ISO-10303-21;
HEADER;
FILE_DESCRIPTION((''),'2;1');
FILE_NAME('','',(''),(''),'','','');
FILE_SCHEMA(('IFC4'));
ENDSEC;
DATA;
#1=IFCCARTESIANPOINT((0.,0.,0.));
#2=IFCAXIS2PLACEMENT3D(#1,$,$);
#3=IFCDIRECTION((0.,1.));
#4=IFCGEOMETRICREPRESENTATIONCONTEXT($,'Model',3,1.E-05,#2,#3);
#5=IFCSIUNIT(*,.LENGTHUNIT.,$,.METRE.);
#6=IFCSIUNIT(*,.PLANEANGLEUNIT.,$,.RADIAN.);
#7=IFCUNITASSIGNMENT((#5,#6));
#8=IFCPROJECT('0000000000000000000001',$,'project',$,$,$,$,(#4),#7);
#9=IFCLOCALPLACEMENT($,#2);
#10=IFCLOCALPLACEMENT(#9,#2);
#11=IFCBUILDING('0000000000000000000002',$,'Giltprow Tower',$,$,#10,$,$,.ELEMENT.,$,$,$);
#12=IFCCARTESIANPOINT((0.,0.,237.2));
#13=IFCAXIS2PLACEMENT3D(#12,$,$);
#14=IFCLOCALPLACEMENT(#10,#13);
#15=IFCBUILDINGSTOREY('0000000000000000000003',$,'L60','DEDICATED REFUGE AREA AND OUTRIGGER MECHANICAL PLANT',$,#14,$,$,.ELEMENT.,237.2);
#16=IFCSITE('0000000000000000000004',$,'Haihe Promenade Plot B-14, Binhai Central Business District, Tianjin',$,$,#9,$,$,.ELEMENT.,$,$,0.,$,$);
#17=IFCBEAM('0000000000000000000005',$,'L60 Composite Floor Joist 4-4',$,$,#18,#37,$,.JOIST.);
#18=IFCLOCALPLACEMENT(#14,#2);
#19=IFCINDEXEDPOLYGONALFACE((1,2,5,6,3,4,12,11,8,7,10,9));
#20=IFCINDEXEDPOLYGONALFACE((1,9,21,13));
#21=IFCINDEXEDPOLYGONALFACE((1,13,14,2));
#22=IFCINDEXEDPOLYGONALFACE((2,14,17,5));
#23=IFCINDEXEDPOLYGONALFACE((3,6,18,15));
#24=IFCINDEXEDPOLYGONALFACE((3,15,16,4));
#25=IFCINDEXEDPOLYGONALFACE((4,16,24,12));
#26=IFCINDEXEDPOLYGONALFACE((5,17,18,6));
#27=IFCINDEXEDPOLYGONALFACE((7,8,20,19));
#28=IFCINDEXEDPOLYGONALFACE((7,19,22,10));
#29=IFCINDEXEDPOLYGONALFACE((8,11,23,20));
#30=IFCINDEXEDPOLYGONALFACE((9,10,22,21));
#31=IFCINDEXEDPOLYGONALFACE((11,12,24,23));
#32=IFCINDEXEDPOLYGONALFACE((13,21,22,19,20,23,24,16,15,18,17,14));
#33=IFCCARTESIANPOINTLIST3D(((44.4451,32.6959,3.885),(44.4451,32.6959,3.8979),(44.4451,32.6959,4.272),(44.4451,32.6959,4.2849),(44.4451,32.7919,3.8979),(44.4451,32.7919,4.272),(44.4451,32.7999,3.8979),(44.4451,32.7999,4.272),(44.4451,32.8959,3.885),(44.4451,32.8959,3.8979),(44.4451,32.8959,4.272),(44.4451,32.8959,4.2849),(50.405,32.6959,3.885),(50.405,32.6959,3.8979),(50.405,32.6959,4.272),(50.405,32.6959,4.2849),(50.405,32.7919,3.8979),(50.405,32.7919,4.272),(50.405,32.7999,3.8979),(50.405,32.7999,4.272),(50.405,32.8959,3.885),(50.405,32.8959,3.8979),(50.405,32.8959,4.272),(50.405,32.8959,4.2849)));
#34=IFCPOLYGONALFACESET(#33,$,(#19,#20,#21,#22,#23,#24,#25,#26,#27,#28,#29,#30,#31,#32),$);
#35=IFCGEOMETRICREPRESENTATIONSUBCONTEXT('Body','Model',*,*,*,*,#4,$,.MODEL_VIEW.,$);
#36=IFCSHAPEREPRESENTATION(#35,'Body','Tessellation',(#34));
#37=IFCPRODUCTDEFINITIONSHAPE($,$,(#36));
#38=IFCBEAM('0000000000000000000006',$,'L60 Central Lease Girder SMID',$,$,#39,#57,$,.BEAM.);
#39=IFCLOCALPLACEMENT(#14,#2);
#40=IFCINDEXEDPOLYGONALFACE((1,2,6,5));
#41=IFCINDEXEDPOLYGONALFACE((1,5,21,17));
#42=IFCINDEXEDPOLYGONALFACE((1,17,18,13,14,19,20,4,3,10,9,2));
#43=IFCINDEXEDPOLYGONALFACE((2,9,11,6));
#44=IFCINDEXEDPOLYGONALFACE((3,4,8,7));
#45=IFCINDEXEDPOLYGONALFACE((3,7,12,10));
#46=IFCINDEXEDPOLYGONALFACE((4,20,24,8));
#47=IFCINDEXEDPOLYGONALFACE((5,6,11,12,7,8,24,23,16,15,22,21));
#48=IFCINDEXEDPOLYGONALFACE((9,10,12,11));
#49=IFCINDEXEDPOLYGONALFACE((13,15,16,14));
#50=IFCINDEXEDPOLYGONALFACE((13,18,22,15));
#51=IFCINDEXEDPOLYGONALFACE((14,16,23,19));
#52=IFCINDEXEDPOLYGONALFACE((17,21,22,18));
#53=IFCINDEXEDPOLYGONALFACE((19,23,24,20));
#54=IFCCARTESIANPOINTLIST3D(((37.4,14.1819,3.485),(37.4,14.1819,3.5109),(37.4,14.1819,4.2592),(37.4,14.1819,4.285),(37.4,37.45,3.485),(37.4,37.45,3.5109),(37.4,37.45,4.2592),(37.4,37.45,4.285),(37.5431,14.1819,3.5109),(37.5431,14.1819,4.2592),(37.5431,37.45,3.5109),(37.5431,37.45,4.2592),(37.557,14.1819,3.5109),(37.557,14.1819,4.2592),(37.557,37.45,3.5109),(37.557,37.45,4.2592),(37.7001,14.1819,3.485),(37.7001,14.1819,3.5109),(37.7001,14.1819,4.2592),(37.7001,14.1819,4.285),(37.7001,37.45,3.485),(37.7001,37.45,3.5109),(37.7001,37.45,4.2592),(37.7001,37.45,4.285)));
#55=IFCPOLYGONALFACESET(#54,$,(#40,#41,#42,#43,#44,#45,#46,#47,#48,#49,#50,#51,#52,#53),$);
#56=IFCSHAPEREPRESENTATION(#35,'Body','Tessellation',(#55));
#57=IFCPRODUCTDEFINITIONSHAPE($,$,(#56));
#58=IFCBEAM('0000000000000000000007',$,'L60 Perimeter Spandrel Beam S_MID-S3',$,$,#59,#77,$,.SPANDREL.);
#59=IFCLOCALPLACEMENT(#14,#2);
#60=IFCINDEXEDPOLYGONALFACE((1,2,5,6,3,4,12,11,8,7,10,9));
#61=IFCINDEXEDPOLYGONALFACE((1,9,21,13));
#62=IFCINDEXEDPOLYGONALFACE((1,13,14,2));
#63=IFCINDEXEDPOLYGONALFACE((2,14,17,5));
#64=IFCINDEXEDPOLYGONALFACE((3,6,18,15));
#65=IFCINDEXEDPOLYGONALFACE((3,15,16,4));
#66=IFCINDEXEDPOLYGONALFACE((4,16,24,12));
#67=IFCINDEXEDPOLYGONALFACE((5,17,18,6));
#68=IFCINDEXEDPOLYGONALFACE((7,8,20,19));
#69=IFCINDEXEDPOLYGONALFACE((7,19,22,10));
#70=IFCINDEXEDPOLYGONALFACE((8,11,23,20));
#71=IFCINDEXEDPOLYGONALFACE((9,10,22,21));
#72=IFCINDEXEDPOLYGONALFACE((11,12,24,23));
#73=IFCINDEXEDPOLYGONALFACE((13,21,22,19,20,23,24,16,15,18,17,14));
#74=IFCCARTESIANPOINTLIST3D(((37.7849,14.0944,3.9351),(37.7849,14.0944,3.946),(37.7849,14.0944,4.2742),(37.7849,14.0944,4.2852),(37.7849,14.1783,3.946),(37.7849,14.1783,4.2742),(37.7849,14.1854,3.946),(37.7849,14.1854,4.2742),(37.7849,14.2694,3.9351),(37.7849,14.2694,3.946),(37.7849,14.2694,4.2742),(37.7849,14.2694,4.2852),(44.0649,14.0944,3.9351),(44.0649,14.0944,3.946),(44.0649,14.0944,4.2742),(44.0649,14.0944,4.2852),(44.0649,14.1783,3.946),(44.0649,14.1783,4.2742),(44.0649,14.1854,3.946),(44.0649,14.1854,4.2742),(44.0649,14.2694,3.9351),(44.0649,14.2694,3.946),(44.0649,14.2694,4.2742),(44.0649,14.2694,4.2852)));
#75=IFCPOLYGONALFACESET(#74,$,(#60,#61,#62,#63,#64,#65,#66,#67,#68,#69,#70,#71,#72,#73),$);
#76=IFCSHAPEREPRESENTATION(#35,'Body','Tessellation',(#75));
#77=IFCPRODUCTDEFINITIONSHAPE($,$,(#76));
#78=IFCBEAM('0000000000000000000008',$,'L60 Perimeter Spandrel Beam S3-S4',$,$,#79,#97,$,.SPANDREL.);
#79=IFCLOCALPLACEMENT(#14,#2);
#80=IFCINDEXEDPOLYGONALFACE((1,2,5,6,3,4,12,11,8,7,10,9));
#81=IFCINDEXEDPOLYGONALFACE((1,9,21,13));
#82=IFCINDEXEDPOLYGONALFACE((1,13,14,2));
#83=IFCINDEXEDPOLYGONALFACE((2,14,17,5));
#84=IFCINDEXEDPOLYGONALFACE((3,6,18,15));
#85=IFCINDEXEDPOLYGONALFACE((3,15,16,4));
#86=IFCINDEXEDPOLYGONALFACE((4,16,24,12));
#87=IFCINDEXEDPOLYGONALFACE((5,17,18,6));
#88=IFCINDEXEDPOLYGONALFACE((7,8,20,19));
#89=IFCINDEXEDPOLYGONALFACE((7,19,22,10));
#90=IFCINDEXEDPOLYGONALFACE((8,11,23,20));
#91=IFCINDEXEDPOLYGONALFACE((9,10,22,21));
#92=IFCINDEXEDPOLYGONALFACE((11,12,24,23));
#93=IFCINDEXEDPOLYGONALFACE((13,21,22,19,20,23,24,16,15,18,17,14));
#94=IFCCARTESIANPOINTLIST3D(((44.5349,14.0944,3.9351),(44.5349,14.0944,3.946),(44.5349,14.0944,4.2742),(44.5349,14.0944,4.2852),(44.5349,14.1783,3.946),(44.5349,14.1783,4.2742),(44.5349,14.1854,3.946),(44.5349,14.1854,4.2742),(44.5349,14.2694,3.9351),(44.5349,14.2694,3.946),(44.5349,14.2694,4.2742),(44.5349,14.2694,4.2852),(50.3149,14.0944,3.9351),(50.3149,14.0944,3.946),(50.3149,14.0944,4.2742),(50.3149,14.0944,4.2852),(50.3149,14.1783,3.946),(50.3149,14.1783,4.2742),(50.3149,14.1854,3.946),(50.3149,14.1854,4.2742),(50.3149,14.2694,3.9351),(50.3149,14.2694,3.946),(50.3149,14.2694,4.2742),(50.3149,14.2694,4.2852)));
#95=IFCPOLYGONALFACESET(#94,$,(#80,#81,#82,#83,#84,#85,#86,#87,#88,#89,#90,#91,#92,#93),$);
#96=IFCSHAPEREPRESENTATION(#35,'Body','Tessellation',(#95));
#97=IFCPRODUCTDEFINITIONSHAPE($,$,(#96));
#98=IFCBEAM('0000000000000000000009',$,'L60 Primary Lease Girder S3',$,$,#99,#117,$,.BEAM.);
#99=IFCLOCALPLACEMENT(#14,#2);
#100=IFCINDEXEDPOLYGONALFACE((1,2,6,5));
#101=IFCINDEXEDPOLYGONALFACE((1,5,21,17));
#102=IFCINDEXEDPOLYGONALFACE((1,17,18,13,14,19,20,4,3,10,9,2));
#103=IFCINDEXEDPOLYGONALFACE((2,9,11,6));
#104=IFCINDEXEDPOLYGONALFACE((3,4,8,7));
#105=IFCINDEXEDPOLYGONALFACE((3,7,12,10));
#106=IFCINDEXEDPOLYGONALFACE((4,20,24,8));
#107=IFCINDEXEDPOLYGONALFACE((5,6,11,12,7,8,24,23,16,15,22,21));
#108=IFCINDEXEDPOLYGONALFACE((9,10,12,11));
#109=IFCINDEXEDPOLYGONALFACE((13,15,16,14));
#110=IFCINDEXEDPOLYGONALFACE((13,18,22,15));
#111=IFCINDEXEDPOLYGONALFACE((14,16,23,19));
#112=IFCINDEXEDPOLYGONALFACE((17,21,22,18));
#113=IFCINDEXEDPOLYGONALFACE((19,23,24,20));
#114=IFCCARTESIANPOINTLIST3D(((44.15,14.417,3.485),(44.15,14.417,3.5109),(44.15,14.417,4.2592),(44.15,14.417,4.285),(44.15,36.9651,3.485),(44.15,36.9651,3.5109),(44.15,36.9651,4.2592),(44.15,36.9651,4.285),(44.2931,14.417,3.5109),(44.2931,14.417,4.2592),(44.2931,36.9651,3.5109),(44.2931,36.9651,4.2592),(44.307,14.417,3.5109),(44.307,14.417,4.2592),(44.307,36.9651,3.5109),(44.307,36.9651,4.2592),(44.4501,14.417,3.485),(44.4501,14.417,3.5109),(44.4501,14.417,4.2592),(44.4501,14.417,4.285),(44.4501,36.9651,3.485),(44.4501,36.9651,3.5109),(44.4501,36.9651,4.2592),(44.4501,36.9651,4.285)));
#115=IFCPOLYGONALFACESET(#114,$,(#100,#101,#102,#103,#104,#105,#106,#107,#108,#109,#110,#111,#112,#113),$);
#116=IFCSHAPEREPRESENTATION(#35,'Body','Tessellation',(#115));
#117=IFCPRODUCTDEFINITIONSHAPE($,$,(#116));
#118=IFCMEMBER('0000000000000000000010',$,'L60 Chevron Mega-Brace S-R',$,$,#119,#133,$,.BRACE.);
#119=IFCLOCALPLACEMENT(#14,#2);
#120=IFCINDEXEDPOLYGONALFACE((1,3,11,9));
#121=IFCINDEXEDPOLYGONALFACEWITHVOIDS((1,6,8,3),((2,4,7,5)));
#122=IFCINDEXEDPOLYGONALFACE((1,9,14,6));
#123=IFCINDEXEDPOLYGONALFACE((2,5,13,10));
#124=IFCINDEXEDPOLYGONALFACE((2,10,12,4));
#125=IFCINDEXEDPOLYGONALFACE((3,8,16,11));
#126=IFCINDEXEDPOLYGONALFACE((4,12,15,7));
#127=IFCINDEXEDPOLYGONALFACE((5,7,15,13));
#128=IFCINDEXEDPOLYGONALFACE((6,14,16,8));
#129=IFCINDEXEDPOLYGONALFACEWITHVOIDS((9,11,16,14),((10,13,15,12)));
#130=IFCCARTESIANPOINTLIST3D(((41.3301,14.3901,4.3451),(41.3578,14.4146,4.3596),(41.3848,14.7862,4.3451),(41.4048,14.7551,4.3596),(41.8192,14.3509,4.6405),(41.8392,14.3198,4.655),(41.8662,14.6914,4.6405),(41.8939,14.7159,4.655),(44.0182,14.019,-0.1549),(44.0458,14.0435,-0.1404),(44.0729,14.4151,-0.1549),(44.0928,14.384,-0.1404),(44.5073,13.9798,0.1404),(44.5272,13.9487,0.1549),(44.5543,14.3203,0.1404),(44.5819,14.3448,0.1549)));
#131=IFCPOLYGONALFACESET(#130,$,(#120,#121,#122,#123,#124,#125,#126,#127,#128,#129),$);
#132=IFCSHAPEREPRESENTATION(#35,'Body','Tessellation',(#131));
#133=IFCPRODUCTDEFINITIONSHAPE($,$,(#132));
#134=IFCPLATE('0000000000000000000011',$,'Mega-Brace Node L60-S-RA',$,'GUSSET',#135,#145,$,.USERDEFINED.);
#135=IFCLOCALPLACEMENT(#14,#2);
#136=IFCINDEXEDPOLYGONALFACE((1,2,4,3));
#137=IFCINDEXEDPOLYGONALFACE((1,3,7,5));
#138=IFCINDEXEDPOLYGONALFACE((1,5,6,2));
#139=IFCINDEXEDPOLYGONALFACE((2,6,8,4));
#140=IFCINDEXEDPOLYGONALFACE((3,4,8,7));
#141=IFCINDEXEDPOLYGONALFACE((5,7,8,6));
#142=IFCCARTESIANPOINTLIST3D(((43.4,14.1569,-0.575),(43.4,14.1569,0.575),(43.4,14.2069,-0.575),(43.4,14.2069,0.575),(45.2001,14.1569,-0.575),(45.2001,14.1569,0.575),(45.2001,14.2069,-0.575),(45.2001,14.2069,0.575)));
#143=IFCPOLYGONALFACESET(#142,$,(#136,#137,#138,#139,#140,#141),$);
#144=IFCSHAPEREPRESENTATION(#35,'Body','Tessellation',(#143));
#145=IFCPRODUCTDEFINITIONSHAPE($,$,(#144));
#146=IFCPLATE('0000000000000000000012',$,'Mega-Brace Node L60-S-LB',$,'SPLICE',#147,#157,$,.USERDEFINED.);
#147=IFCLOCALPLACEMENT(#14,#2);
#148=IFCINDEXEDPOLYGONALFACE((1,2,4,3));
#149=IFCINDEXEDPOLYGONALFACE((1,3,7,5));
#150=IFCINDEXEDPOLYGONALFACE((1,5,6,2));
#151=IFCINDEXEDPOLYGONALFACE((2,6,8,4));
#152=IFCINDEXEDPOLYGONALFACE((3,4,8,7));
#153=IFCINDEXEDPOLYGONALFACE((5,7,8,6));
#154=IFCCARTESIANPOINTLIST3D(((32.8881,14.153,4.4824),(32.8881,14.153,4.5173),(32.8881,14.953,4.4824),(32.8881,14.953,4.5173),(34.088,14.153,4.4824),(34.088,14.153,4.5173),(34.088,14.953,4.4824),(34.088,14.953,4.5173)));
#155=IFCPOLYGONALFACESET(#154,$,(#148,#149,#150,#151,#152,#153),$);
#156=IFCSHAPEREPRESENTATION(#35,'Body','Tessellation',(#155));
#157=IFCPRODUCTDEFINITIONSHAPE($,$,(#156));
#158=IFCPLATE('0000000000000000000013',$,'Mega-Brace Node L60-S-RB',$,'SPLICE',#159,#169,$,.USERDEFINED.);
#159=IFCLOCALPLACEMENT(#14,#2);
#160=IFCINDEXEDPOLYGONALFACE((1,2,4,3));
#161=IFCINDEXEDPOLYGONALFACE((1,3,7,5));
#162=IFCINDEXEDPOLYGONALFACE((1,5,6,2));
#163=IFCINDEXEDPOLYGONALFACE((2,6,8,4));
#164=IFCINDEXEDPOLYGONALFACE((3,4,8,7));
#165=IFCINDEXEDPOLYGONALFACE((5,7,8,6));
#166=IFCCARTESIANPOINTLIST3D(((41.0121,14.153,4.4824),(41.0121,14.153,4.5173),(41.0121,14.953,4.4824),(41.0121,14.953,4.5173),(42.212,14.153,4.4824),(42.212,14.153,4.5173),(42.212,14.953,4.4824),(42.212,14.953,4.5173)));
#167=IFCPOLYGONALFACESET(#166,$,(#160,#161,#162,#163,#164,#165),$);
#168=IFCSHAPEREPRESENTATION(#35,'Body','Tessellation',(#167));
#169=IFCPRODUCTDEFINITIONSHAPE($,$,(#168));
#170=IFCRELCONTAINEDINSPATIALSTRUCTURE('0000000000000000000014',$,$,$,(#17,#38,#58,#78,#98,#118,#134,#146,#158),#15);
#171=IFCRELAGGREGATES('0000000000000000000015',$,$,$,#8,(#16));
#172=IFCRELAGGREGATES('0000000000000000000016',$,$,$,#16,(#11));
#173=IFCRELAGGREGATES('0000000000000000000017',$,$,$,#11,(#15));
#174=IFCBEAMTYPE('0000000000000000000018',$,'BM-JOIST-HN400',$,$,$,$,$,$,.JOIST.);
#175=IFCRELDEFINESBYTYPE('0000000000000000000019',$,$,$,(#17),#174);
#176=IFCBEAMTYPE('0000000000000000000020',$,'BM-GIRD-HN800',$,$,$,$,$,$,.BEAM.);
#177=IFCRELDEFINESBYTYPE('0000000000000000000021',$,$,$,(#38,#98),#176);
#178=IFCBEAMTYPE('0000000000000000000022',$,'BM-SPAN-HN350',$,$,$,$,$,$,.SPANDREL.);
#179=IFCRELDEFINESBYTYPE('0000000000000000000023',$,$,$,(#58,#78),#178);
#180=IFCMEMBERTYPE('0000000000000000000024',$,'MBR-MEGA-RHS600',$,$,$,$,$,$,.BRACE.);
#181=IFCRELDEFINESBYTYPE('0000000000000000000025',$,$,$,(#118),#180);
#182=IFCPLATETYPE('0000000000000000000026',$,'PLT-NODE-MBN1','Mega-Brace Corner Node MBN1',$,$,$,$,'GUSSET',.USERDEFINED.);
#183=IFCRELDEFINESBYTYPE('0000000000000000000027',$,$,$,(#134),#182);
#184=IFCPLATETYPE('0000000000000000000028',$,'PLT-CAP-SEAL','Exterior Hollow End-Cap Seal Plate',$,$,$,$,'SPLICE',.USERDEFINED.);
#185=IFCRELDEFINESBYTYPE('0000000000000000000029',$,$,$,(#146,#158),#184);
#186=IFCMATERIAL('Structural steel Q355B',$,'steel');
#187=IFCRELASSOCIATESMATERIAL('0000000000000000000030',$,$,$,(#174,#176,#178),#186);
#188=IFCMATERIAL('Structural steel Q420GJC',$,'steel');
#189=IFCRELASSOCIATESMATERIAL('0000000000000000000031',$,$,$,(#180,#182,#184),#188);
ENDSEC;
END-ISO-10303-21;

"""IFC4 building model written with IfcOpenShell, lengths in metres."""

from ifc_helpers import new_model, si_unit, direction, frame, origin, origin_2d, place, context, subcontext, project, spatial, rectangle, hollow_rectangle, i_section, extrude, source, transform, mapped, material, material_profile, profile_set, type_object, element, save


model = new_model("IFC4")

# Units and contexts
model_context = context("Model", 3, precision=1e-05, world=origin(), true_north=direction((0.0, 1.0)))
body_context = subcontext(model_context, "Body", "Model", "MODEL_VIEW")
ifc_project = project(units=[si_unit("LENGTHUNIT", "METRE"), si_unit("PLANEANGLEUNIT", "RADIAN")], contexts=[model_context])

# Site, building, storey
site_placement = place(None, origin())
site = spatial("IfcSite", under=ifc_project, at=site_placement, Name="Haihe Promenade Plot B-14, Binhai Central Business District, Tianjin", CompositionType="ELEMENT", RefElevation=0.0)
building_placement = place(site_placement, origin())
building = spatial("IfcBuilding", under=site, at=building_placement, Name="Giltprow Tower", CompositionType="ELEMENT")
storey_placement = place(building_placement, frame((0.0, 0.0, 237.2)))
storey = spatial("IfcBuildingStorey", under=building, at=storey_placement, Name="L60", Description="DEDICATED REFUGE AREA AND OUTRIGGER MECHANICAL PLANT", CompositionType="ELEMENT", Elevation=237.2)

# Shared definitions
ifc_material_1 = material(Name="Structural steel Q355B", Category="steel")

# Beams
ifc_material_profile_1 = material_profile(ifc_material_1, i_section(OverallWidth=0.2, OverallDepth=0.3999, WebThickness=0.0081, FlangeThickness=0.0129, at=origin_2d()), Name="HN 400x200x8x13")
ifc_profile_set_1 = profile_set([ifc_material_profile_1], Name="Structural steel Q355B")
beam_type_1 = type_object("IfcBeamType", Name="BM-JOIST-HN400", PredefinedType="JOIST", material=ifc_profile_set_1)
shared_shape_1 = source(origin(), body_context, "Body", "SweptSolid", [
    extrude(i_section(OverallWidth=0.2, OverallDepth=0.3999, WebThickness=0.0081, FlangeThickness=0.0129, at=origin_2d()), origin(), (0.0, 0.0, 1.0), 5.96),
])
for number, where, z_axis, x_axis, name in (
    (1, (44.4451, 32.7959, 4.085), (1.0, 0.0, 0.0), (0.0, 1.0, 0.0), "L60 Composite Floor Joist 4-4"),
):
    element("IfcBeam", number, at=place(storey_placement, frame(where, z_axis=z_axis, x_axis=x_axis)), inside=storey, type_object=beam_type_1, Name=name, PredefinedType="JOIST", context=body_context, shape_type="MappedRepresentation", body=[
        mapped(shared_shape_1, transform((0.0, 0.0, 0.0), x_axis=(1.0, 0.0, 0.0), y_axis=(0.0, 1.0, 0.0), z_axis=(0.0, 0.0, 1.0), scale=1.0)),
    ])
ifc_material_profile_2 = material_profile(ifc_material_1, i_section(OverallWidth=0.3, OverallDepth=0.8, WebThickness=0.0139, FlangeThickness=0.0259, at=origin_2d()), Name="HN 800x300x14x26")
ifc_profile_set_2 = profile_set([ifc_material_profile_2], Name="Structural steel Q355B")
beam_type_2 = type_object("IfcBeamType", Name="BM-GIRD-HN800", PredefinedType="BEAM", material=ifc_profile_set_2)
shared_shape_2 = source(origin(), body_context, "Body", "SweptSolid", [
    extrude(i_section(OverallWidth=0.3, OverallDepth=0.8, WebThickness=0.0139, FlangeThickness=0.0259, at=origin_2d()), origin(), (0.0, 0.0, 1.0), 23.2681),
])
beam_1_placement = place(storey_placement, frame((37.55, 14.1819, 3.885), z_axis=(0.0, 1.0, 0.0), x_axis=(-1.0, 0.0, 0.0)))
element("IfcBeam", 2, at=beam_1_placement, inside=storey, type_object=beam_type_2, Name="L60 Central Lease Girder SMID", PredefinedType="BEAM", context=body_context, shape_type="MappedRepresentation", body=[
    mapped(shared_shape_2, transform((0.0, 0.0, 0.0), x_axis=(1.0, 0.0, 0.0), y_axis=(0.0, 1.0, 0.0), z_axis=(0.0, 0.0, 1.0), scale=1.0)),
])
ifc_material_profile_3 = material_profile(ifc_material_1, i_section(OverallWidth=0.175, OverallDepth=0.3501, WebThickness=0.0071, FlangeThickness=0.011, at=origin_2d()), Name="HN 350x175x7x11")
ifc_profile_set_3 = profile_set([ifc_material_profile_3], Name="Structural steel Q355B")
beam_type_3 = type_object("IfcBeamType", Name="BM-SPAN-HN350", PredefinedType="SPANDREL", material=ifc_profile_set_3)
shared_shape_3 = source(origin(), body_context, "Body", "SweptSolid", [
    extrude(i_section(OverallWidth=0.175, OverallDepth=0.3501, WebThickness=0.0071, FlangeThickness=0.011, at=origin_2d()), origin(), (0.0, 0.0, 1.0), 6.28),
])
beam_2_placement = place(storey_placement, frame((37.7849, 14.1819, 4.1101), z_axis=(1.0, 0.0, 0.0), x_axis=(0.0, 1.0, 0.0)))
element("IfcBeam", 3, at=beam_2_placement, inside=storey, type_object=beam_type_3, Name="L60 Perimeter Spandrel Beam S_MID-S3", PredefinedType="SPANDREL", context=body_context, shape_type="MappedRepresentation", body=[
    mapped(shared_shape_3, transform((0.0, 0.0, 0.0), x_axis=(1.0, 0.0, 0.0), y_axis=(0.0, 1.0, 0.0), z_axis=(0.0, 0.0, 1.0), scale=1.0)),
])
shared_shape_4 = source(origin(), body_context, "Body", "SweptSolid", [
    extrude(i_section(OverallWidth=0.175, OverallDepth=0.3501, WebThickness=0.0071, FlangeThickness=0.011, at=origin_2d()), origin(), (0.0, 0.0, 1.0), 5.78),
])
beam_3_placement = place(storey_placement, frame((44.5349, 14.1819, 4.1101), z_axis=(1.0, 0.0, 0.0), x_axis=(0.0, 1.0, 0.0)))
element("IfcBeam", 4, at=beam_3_placement, inside=storey, type_object=beam_type_3, Name="L60 Perimeter Spandrel Beam S3-S4", PredefinedType="SPANDREL", context=body_context, shape_type="MappedRepresentation", body=[
    mapped(shared_shape_4, transform((0.0, 0.0, 0.0), x_axis=(1.0, 0.0, 0.0), y_axis=(0.0, 1.0, 0.0), z_axis=(0.0, 0.0, 1.0), scale=1.0)),
])
shared_shape_5 = source(origin(), body_context, "Body", "SweptSolid", [
    extrude(i_section(OverallWidth=0.3, OverallDepth=0.8, WebThickness=0.0139, FlangeThickness=0.0259, at=origin_2d()), origin(), (0.0, 0.0, 1.0), 22.5481),
])
beam_4_placement = place(storey_placement, frame((44.3, 14.417, 3.885), z_axis=(0.0, 1.0, 0.0), x_axis=(-1.0, 0.0, 0.0)))
element("IfcBeam", 5, at=beam_4_placement, inside=storey, type_object=beam_type_2, Name="L60 Primary Lease Girder S3", PredefinedType="BEAM", context=body_context, shape_type="MappedRepresentation", body=[
    mapped(shared_shape_5, transform((0.0, 0.0, 0.0), x_axis=(1.0, 0.0, 0.0), y_axis=(0.0, 1.0, 0.0), z_axis=(0.0, 0.0, 1.0), scale=1.0)),
])

# Member
ifc_material_2 = material(Name="Structural steel Q420GJC", Category="steel")
ifc_material_profile_4 = material_profile(ifc_material_2, hollow_rectangle(XDim=0.3999, YDim=0.6001, WallThickness=0.0281, at=origin_2d()), Name="RHS 600x400x28")
ifc_profile_set_4 = profile_set([ifc_material_profile_4], Name="Structural steel Q420GJC")
member_type = type_object("IfcMemberType", Name="MBR-MEGA-RHS600", PredefinedType="BRACE", material=ifc_profile_set_4)
shared_shape_6 = source(origin(), body_context, "Body", "SweptSolid", [
    extrude(hollow_rectangle(XDim=0.3999, YDim=0.6001, WallThickness=0.0281, at=origin_2d()), origin(), (0.0, 0.0, 1.0), 5.2549),
])
member_placement = place(storey_placement, frame((44.3, 14.1819, 0.0), z_axis=(-0.511529, 0.07062, 0.856359), x_axis=(-0.136759, -0.990604, 0.0)))
element("IfcMember", 6, at=member_placement, inside=storey, type_object=member_type, Name="L60 Chevron Mega-Brace S-R", PredefinedType="BRACE", context=body_context, shape_type="MappedRepresentation", body=[
    mapped(shared_shape_6, transform((0.0, 0.0, 0.0), x_axis=(1.0, 0.0, 0.0), y_axis=(0.0, 1.0, 0.0), z_axis=(0.0, 0.0, 1.0), scale=1.0)),
])

# Plates
plate_type_1 = type_object("IfcPlateType", Name="PLT-NODE-MBN1", Description="Mega-Brace Corner Node MBN1", ElementType="GUSSET", PredefinedType="USERDEFINED", material=ifc_material_2)
shared_shape_7 = source(origin(), body_context, "Body", "SweptSolid", [
    extrude(rectangle(XDim=1.8, YDim=0.05, at=origin_2d()), origin(), (0.0, 0.0, 1.0), 1.1499),
])
plate_placement = place(storey_placement, frame((44.3, 14.1819, -0.575), z_axis=(0.0, 0.0, 1.0), x_axis=(1.0, 0.0, 0.0)))
element("IfcPlate", 7, at=plate_placement, inside=storey, type_object=plate_type_1, Name="Mega-Brace Node L60-S-RA", ObjectType="GUSSET", PredefinedType="USERDEFINED", context=body_context, shape_type="MappedRepresentation", body=[
    mapped(shared_shape_7, transform((0.0, 0.0, 0.0), x_axis=(1.0, 0.0, 0.0), y_axis=(0.0, 1.0, 0.0), z_axis=(0.0, 0.0, 1.0), scale=1.0)),
])
plate_type_2 = type_object("IfcPlateType", Name="PLT-CAP-SEAL", Description="Exterior Hollow End-Cap Seal Plate", ElementType="SPLICE", PredefinedType="USERDEFINED", material=ifc_material_2)
shared_shape_8 = source(origin(), body_context, "Body", "SweptSolid", [
    extrude(rectangle(XDim=1.2, YDim=0.8, at=origin_2d()), origin(), (0.0, 0.0, 1.0), 0.0349),
])
for number, where, z_axis, x_axis, name in (
    (8, (33.488, 14.553, 4.4824), (0.0, 0.0, 1.0), (1.0, 0.0, 0.0), "Mega-Brace Node L60-S-LB"),
    (9, (41.6121, 14.553, 4.4824), (0.0, 0.0, 1.0), (1.0, 0.0, 0.0), "Mega-Brace Node L60-S-RB"),
):
    element("IfcPlate", number, at=place(storey_placement, frame(where, z_axis=z_axis, x_axis=x_axis)), inside=storey, type_object=plate_type_2, Name=name, ObjectType="SPLICE", PredefinedType="USERDEFINED", context=body_context, shape_type="MappedRepresentation", body=[
        mapped(shared_shape_8, transform((0.0, 0.0, 0.0), x_axis=(1.0, 0.0, 0.0), y_axis=(0.0, 1.0, 0.0), z_axis=(0.0, 0.0, 1.0), scale=1.0)),
    ])

save(model, "model.ifc")
